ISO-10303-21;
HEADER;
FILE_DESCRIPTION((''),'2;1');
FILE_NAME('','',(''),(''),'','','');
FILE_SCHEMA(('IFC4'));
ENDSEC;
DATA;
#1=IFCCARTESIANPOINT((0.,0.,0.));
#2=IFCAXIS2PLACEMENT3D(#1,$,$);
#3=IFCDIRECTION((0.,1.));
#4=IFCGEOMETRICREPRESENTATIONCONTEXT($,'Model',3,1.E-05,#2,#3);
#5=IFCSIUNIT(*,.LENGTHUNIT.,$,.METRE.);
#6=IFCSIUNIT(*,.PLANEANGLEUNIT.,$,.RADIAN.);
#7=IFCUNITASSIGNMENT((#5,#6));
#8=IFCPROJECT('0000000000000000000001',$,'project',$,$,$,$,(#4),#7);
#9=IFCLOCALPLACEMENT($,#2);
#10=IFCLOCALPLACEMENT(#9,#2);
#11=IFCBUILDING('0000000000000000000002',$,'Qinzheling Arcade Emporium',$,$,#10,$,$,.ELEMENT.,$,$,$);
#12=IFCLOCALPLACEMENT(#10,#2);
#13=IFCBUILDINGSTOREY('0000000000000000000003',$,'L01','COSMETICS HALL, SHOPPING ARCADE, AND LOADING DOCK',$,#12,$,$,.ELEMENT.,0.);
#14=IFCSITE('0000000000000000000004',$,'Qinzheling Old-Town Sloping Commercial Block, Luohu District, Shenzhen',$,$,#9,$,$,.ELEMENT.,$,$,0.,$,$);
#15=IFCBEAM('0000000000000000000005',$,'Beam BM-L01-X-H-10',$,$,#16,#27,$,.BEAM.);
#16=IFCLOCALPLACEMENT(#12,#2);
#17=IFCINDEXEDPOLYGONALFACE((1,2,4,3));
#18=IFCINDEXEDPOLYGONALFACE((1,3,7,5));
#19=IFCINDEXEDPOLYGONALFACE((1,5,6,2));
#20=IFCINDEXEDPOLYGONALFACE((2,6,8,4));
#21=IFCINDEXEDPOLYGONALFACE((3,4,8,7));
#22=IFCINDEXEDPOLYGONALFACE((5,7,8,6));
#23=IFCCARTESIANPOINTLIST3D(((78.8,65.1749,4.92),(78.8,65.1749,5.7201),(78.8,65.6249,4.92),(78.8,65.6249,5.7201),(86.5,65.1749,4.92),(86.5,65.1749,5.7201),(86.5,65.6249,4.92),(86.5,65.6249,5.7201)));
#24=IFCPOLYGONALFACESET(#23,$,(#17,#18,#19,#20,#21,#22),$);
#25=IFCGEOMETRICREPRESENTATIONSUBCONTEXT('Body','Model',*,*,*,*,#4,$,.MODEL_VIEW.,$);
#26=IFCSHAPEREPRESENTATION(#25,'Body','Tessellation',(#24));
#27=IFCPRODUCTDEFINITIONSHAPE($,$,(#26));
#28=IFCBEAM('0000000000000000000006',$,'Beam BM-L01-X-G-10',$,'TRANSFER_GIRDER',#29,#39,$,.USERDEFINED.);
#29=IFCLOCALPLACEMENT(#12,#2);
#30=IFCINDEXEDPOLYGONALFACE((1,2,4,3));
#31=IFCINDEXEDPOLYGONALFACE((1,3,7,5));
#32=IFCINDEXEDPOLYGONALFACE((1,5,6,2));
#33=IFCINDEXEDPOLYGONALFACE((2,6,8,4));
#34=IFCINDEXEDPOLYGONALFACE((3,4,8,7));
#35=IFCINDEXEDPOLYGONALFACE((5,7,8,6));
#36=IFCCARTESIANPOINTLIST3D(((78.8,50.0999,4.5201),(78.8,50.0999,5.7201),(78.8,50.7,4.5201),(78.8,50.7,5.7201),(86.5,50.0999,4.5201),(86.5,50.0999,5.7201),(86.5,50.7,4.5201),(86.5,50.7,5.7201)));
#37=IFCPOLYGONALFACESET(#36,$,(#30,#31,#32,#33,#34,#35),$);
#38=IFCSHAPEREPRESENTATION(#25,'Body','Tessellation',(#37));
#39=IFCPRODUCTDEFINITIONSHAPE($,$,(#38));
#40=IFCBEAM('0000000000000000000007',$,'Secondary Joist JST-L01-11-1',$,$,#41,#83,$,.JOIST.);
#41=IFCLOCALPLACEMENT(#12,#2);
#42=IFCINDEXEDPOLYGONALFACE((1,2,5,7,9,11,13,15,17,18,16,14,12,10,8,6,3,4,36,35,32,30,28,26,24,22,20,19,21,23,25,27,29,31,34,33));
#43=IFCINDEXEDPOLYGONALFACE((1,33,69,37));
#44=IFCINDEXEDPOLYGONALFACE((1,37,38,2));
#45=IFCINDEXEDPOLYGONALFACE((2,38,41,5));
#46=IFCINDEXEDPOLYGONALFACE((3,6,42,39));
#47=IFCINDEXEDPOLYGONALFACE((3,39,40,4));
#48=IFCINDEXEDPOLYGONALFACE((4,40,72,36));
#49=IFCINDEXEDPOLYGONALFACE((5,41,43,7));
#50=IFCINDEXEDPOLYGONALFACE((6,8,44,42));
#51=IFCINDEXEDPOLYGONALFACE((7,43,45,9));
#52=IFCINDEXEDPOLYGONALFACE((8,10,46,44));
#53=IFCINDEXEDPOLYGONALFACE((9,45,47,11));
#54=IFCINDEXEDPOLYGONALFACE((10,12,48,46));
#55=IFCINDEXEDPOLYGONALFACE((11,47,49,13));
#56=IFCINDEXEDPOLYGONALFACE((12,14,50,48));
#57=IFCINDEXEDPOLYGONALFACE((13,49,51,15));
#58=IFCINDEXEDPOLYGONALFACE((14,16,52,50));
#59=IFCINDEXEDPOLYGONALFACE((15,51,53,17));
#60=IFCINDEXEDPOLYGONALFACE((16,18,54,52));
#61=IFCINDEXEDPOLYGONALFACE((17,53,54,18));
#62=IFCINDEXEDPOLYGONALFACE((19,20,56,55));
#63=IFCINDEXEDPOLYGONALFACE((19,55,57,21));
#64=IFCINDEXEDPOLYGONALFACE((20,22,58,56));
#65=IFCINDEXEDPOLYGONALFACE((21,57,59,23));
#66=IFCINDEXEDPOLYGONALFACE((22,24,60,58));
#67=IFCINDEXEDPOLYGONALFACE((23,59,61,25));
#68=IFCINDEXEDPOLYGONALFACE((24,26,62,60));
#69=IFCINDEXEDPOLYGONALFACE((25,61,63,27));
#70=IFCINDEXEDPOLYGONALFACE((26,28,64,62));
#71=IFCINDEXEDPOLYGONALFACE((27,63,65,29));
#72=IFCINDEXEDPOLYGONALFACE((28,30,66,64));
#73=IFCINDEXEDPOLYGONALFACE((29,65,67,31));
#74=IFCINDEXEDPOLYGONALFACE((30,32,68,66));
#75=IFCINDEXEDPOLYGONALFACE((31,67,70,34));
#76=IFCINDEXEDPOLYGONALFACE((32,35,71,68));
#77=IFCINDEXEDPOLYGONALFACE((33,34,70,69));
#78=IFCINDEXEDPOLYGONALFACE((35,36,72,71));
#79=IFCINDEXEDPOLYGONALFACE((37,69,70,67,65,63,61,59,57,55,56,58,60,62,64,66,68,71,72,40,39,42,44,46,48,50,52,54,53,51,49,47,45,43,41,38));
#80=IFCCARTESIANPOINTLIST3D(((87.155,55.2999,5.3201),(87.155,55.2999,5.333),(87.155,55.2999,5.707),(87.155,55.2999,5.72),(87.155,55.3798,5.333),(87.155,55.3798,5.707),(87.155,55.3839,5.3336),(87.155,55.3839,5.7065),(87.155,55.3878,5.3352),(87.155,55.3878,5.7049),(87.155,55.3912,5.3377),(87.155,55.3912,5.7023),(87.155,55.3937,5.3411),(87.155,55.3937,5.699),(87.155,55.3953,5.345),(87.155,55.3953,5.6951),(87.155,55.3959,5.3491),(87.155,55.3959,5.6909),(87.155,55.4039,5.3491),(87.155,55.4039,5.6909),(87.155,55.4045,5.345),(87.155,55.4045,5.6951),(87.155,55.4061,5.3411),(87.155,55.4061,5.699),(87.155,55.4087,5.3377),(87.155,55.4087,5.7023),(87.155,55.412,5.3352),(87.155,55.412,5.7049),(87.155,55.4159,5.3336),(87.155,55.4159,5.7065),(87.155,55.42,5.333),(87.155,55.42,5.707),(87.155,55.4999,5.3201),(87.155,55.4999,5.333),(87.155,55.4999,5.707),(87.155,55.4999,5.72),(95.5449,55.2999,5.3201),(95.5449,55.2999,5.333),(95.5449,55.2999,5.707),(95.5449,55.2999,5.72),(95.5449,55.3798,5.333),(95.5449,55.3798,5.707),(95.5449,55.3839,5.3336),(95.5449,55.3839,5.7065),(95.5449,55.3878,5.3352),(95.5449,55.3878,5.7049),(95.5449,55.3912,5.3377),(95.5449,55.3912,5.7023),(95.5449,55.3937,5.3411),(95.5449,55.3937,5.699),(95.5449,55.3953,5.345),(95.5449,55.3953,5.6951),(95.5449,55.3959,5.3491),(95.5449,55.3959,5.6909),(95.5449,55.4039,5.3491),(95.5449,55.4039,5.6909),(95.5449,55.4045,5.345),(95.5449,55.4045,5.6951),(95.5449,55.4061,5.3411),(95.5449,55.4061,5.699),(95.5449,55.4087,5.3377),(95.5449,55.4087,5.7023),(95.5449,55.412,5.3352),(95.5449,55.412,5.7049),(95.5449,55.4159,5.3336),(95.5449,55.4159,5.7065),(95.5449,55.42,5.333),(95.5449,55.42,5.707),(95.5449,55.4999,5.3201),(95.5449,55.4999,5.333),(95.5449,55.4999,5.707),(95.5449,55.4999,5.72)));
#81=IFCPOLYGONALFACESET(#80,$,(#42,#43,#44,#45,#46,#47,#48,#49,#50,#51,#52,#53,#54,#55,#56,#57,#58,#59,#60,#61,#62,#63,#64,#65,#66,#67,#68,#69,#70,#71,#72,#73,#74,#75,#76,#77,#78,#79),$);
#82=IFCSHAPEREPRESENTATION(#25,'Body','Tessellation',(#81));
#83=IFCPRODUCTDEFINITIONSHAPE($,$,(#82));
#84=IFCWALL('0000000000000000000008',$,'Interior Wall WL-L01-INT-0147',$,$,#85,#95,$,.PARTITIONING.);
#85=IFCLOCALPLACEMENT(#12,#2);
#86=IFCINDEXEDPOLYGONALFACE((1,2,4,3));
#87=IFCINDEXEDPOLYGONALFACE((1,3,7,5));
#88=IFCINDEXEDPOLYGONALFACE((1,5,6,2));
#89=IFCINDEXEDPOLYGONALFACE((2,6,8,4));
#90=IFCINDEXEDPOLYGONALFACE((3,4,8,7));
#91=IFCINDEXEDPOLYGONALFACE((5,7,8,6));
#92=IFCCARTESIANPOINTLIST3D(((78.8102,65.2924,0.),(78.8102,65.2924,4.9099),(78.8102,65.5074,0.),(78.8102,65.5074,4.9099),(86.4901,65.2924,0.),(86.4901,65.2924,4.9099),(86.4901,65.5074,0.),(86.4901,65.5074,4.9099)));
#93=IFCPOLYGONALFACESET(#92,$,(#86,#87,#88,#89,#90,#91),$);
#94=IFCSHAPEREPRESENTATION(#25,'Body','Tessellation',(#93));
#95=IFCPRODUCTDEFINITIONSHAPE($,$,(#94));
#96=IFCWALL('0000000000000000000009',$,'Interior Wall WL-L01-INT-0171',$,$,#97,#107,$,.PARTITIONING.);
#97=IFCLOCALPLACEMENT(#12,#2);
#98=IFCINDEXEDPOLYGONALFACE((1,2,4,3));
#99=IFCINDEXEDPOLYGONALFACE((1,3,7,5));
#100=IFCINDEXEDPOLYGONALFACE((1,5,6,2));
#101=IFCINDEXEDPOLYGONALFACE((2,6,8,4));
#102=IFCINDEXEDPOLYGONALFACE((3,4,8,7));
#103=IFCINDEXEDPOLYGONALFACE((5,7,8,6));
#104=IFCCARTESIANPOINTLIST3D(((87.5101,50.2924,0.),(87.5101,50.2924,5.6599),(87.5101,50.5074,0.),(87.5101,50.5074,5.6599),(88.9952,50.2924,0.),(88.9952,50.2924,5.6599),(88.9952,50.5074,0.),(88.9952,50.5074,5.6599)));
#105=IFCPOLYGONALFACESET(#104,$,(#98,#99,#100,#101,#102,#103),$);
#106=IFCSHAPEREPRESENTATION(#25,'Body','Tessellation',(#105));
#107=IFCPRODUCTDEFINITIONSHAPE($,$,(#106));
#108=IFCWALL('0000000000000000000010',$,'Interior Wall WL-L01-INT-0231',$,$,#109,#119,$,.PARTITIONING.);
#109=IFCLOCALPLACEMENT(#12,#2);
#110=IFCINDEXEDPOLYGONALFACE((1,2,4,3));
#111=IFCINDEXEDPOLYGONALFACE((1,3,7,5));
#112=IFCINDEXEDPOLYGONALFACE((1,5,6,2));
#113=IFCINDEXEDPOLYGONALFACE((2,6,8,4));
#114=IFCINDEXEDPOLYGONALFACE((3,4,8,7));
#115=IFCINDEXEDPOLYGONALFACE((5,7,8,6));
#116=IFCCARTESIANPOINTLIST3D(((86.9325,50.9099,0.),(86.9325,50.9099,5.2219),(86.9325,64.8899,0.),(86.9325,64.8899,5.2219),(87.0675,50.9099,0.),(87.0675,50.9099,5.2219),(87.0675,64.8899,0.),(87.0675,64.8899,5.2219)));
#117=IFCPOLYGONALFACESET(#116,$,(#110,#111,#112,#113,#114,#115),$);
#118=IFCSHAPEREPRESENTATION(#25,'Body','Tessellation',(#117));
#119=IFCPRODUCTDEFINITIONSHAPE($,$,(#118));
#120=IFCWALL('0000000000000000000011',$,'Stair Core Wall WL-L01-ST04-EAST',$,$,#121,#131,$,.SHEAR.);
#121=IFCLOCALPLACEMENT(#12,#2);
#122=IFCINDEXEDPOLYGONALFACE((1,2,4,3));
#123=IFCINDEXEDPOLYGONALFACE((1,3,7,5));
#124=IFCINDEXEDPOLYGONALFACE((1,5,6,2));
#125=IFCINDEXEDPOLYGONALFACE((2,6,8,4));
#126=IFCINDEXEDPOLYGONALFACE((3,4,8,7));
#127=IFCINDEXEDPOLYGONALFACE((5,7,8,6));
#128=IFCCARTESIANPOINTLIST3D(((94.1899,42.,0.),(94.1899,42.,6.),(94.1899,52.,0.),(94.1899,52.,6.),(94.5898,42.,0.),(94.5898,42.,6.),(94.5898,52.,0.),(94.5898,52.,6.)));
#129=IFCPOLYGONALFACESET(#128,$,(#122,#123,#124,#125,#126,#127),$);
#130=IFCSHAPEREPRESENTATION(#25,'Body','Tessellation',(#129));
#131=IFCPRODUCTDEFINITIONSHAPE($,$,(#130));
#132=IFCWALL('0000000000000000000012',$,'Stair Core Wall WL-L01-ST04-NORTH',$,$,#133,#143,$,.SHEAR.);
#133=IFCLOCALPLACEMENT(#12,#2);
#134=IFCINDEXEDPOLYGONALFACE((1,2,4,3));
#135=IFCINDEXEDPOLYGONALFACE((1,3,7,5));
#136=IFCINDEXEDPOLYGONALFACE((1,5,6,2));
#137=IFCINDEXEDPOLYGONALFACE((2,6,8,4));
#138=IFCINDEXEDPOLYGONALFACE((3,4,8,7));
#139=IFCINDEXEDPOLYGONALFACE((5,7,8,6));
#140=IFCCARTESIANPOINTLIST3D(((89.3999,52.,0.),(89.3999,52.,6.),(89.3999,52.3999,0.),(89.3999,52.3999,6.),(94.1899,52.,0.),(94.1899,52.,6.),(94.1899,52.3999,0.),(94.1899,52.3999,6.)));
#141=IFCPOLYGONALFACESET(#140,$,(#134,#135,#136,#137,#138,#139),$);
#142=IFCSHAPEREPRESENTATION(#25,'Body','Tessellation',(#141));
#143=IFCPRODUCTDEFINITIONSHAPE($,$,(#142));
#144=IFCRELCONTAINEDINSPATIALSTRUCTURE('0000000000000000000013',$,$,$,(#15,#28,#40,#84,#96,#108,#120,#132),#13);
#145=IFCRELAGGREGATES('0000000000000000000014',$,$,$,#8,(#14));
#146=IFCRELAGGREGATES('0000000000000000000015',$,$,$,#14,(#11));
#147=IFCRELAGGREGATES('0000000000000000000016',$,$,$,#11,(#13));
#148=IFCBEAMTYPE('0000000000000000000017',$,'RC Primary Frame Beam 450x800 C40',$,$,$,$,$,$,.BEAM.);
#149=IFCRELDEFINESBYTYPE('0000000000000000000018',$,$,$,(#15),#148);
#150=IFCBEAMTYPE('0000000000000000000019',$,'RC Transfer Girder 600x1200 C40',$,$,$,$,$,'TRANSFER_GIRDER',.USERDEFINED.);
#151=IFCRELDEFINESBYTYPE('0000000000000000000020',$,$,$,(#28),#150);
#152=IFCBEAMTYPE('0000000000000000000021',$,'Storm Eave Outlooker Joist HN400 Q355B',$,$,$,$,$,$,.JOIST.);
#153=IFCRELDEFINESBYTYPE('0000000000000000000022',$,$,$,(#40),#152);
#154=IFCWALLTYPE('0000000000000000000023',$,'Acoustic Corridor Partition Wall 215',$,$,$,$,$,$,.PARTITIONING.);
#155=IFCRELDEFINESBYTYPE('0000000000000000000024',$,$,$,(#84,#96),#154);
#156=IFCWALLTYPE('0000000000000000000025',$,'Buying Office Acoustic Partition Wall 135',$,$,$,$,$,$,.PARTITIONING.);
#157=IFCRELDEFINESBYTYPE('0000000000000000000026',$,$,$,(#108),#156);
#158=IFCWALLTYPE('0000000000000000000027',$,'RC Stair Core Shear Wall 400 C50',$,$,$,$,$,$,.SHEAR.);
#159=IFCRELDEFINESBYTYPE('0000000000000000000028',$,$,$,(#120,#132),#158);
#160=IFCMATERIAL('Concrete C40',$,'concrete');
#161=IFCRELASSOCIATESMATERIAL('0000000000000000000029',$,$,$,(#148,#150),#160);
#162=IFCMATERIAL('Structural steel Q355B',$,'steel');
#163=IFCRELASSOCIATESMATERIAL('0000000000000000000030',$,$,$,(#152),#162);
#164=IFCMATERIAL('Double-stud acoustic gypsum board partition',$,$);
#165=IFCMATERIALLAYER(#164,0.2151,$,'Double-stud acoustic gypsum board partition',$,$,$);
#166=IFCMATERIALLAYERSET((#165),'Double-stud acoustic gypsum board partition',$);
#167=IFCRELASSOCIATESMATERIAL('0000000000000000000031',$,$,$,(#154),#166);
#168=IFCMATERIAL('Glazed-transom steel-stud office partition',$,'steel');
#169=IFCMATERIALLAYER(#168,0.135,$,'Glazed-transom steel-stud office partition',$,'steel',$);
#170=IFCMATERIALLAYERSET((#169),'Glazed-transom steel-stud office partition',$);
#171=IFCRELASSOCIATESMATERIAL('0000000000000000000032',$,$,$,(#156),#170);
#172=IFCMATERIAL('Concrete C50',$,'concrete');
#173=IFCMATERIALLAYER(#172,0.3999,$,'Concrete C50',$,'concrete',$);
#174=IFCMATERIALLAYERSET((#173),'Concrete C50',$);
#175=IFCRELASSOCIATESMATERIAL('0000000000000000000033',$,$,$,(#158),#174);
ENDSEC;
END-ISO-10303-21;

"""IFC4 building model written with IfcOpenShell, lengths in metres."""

from ifc_helpers import new_model, si_unit, direction, frame, frame_2d, origin, origin_2d, place, context, subcontext, project, spatial, rectangle, i_section, extrude, material, layer, layer_set, material_profile, profile_set, type_object, element, save


model = new_model("IFC4")

# Units and contexts
model_context = context("Model", 3, precision=1e-05, world=origin(), true_north=direction((0.0, 1.0)))
body_context = subcontext(model_context, "Body", "Model", "MODEL_VIEW")
ifc_project = project(units=[si_unit("LENGTHUNIT", "METRE"), si_unit("PLANEANGLEUNIT", "RADIAN")], contexts=[model_context])

# Site, building, storey
site_placement = place(None, origin())
site = spatial("IfcSite", under=ifc_project, at=site_placement, Name="Qinzheling Old-Town Sloping Commercial Block, Luohu District, Shenzhen", CompositionType="ELEMENT", RefElevation=0.0)
building_placement = place(site_placement, origin())
building = spatial("IfcBuilding", under=site, at=building_placement, Name="Qinzheling Arcade Emporium", CompositionType="ELEMENT")
storey_placement = place(building_placement, origin())
storey = spatial("IfcBuildingStorey", under=building, at=storey_placement, Name="L01", Description="COSMETICS HALL, SHOPPING ARCADE, AND LOADING DOCK", CompositionType="ELEMENT", Elevation=0.0)

# Shared definitions
ifc_material_1 = material(Name="Concrete C50", Category="concrete")

# Shared definitions
ifc_material_2 = material(Name="Structural steel Q355B", Category="steel")

# Beams
ifc_material_3 = material(Name="Concrete C40", Category="concrete")
ifc_material_profile_1 = material_profile(ifc_material_3, rectangle(XDim=0.45, YDim=0.8, at=origin_2d()), Name="RC 450x800", Category="concrete")
ifc_profile_set_1 = profile_set([ifc_material_profile_1], Name="Concrete C40")
beam_type_1 = type_object("IfcBeamType", Name="RC Primary Frame Beam 450x800 C40", PredefinedType="BEAM", material=ifc_profile_set_1)
beam_1_placement = place(storey_placement, frame((78.8, 65.3999, 5.3201), z_axis=(1.0, 0.0, 0.0), x_axis=(0.0, 1.0, 0.0)))
element("IfcBeam", 1, at=beam_1_placement, inside=storey, type_object=beam_type_1, Name="Beam BM-L01-X-H-10", PredefinedType="BEAM", context=body_context, shape_type="SweptSolid", body=[
    extrude(rectangle(XDim=0.45, YDim=0.8, at=origin_2d()), origin(), (0.0, 0.0, 1.0), 7.7),
])
ifc_material_profile_2 = material_profile(ifc_material_3, rectangle(XDim=0.6001, YDim=1.2, at=origin_2d()), Name="RC 600x1200", Category="concrete")
ifc_profile_set_2 = profile_set([ifc_material_profile_2], Name="Concrete C40")
beam_type_2 = type_object("IfcBeamType", Name="RC Transfer Girder 600x1200 C40", ElementType="TRANSFER_GIRDER", PredefinedType="USERDEFINED", material=ifc_profile_set_2)
beam_2_placement = place(storey_placement, frame((78.8, 50.3999, 5.1201), z_axis=(1.0, 0.0, 0.0), x_axis=(0.0, 1.0, 0.0)))
element("IfcBeam", 2, at=beam_2_placement, inside=storey, type_object=beam_type_2, Name="Beam BM-L01-X-G-10", ObjectType="TRANSFER_GIRDER", PredefinedType="USERDEFINED", context=body_context, shape_type="SweptSolid", body=[
    extrude(rectangle(XDim=0.6001, YDim=1.2, at=origin_2d()), origin(), (0.0, 0.0, 1.0), 7.7),
])
ifc_material_profile_3 = material_profile(ifc_material_2, i_section(OverallWidth=0.2, OverallDepth=0.3999, WebThickness=0.0081, FlangeThickness=0.0129, FilletRadius=0.0161, at=origin_2d()), Name="HN 400x200x8x13", Category="steel")
ifc_profile_set_3 = profile_set([ifc_material_profile_3], Name="Structural steel Q355B")
beam_type_3 = type_object("IfcBeamType", Name="Storm Eave Outlooker Joist HN400 Q355B", PredefinedType="JOIST", material=ifc_profile_set_3)
beam_3_placement = place(storey_placement, frame((87.155, 55.3999, 5.52), z_axis=(1.0, 0.0, 0.0), x_axis=(0.0, 1.0, 0.0)))
element("IfcBeam", 3, at=beam_3_placement, inside=storey, type_object=beam_type_3, Name="Secondary Joist JST-L01-11-1", PredefinedType="JOIST", context=body_context, shape_type="SweptSolid", body=[
    extrude(i_section(OverallWidth=0.2, OverallDepth=0.3999, WebThickness=0.0081, FlangeThickness=0.0129, FilletRadius=0.0161, at=origin_2d()), origin(), (0.0, 0.0, 1.0), 8.3899),
])

# Walls
ifc_material_4 = material(Name="Double-stud acoustic gypsum board partition")
ifc_layer_1 = layer(ifc_material_4, 0.2151, Name="Double-stud acoustic gypsum board partition")
ifc_layer_set_1 = layer_set([ifc_layer_1], Name="Double-stud acoustic gypsum board partition")
wall_type_1 = type_object("IfcWallType", Name="Acoustic Corridor Partition Wall 215", PredefinedType="PARTITIONING", material=ifc_layer_set_1)
wall_1_placement = place(storey_placement, frame((86.49, 65.3999, 0.0), z_axis=(0.0, 0.0, 1.0), x_axis=(-1.0, 0.0, 0.0)))
element("IfcWall", 4, at=wall_1_placement, inside=storey, type_object=wall_type_1, Name="Interior Wall WL-L01-INT-0147", PredefinedType="PARTITIONING", context=body_context, shape_type="SweptSolid", body=[
    extrude(rectangle(XDim=7.6799, YDim=0.2151, at=frame_2d((3.8398, 0.0))), origin(), (0.0, 0.0, 1.0), 4.9099),
])
wall_2_placement = place(storey_placement, frame((87.51, 50.3999, 0.0), z_axis=(0.0, 0.0, 1.0), x_axis=(1.0, 0.0, 0.0)))
element("IfcWall", 5, at=wall_2_placement, inside=storey, type_object=wall_type_1, Name="Interior Wall WL-L01-INT-0171", PredefinedType="PARTITIONING", context=body_context, shape_type="SweptSolid", body=[
    extrude(rectangle(XDim=1.4851, YDim=0.2151, at=frame_2d((0.7427, 0.0))), origin(), (0.0, 0.0, 1.0), 5.6599),
])
ifc_material_5 = material(Name="Glazed-transom steel-stud office partition", Category="steel")
ifc_layer_2 = layer(ifc_material_5, 0.135, Name="Glazed-transom steel-stud office partition", Category="steel")
ifc_layer_set_2 = layer_set([ifc_layer_2], Name="Glazed-transom steel-stud office partition")
wall_type_2 = type_object("IfcWallType", Name="Buying Office Acoustic Partition Wall 135", PredefinedType="PARTITIONING", material=ifc_layer_set_2)
wall_3_placement = place(storey_placement, frame((87.0, 64.8899, 0.0), z_axis=(0.0, 0.0, 1.0), x_axis=(0.0, -1.0, 0.0)))
element("IfcWall", 6, at=wall_3_placement, inside=storey, type_object=wall_type_2, Name="Interior Wall WL-L01-INT-0231", PredefinedType="PARTITIONING", context=body_context, shape_type="SweptSolid", body=[
    extrude(rectangle(XDim=13.98, YDim=0.135, at=frame_2d((6.99, 0.0))), origin(), (0.0, 0.0, 1.0), 5.2219),
])
ifc_layer_3 = layer(ifc_material_1, 0.3999, Name="Concrete C50", Category="concrete")
ifc_layer_set_3 = layer_set([ifc_layer_3], Name="Concrete C50")
wall_type_3 = type_object("IfcWallType", Name="RC Stair Core Shear Wall 400 C50", PredefinedType="SHEAR", material=ifc_layer_set_3)
wall_4_placement = place(storey_placement, frame((94.3899, 52.0, 0.0), z_axis=(0.0, 0.0, 1.0), x_axis=(0.0, -1.0, 0.0)))
element("IfcWall", 7, at=wall_4_placement, inside=storey, type_object=wall_type_3, Name="Stair Core Wall WL-L01-ST04-EAST", PredefinedType="SHEAR", context=body_context, shape_type="SweptSolid", body=[
    extrude(rectangle(XDim=10.0, YDim=0.3999, at=frame_2d((5.0, 0.0))), origin(), (0.0, 0.0, 1.0), 6.0),
])
wall_5_placement = place(storey_placement, frame((89.3999, 52.2, 0.0), z_axis=(0.0, 0.0, 1.0), x_axis=(1.0, 0.0, 0.0)))
element("IfcWall", 8, at=wall_5_placement, inside=storey, type_object=wall_type_3, Name="Stair Core Wall WL-L01-ST04-NORTH", PredefinedType="SHEAR", context=body_context, shape_type="SweptSolid", body=[
    extrude(rectangle(XDim=4.79, YDim=0.3999, at=frame_2d((2.395, 0.0))), origin(), (0.0, 0.0, 1.0), 6.0),
])

save(model, "model.ifc")
